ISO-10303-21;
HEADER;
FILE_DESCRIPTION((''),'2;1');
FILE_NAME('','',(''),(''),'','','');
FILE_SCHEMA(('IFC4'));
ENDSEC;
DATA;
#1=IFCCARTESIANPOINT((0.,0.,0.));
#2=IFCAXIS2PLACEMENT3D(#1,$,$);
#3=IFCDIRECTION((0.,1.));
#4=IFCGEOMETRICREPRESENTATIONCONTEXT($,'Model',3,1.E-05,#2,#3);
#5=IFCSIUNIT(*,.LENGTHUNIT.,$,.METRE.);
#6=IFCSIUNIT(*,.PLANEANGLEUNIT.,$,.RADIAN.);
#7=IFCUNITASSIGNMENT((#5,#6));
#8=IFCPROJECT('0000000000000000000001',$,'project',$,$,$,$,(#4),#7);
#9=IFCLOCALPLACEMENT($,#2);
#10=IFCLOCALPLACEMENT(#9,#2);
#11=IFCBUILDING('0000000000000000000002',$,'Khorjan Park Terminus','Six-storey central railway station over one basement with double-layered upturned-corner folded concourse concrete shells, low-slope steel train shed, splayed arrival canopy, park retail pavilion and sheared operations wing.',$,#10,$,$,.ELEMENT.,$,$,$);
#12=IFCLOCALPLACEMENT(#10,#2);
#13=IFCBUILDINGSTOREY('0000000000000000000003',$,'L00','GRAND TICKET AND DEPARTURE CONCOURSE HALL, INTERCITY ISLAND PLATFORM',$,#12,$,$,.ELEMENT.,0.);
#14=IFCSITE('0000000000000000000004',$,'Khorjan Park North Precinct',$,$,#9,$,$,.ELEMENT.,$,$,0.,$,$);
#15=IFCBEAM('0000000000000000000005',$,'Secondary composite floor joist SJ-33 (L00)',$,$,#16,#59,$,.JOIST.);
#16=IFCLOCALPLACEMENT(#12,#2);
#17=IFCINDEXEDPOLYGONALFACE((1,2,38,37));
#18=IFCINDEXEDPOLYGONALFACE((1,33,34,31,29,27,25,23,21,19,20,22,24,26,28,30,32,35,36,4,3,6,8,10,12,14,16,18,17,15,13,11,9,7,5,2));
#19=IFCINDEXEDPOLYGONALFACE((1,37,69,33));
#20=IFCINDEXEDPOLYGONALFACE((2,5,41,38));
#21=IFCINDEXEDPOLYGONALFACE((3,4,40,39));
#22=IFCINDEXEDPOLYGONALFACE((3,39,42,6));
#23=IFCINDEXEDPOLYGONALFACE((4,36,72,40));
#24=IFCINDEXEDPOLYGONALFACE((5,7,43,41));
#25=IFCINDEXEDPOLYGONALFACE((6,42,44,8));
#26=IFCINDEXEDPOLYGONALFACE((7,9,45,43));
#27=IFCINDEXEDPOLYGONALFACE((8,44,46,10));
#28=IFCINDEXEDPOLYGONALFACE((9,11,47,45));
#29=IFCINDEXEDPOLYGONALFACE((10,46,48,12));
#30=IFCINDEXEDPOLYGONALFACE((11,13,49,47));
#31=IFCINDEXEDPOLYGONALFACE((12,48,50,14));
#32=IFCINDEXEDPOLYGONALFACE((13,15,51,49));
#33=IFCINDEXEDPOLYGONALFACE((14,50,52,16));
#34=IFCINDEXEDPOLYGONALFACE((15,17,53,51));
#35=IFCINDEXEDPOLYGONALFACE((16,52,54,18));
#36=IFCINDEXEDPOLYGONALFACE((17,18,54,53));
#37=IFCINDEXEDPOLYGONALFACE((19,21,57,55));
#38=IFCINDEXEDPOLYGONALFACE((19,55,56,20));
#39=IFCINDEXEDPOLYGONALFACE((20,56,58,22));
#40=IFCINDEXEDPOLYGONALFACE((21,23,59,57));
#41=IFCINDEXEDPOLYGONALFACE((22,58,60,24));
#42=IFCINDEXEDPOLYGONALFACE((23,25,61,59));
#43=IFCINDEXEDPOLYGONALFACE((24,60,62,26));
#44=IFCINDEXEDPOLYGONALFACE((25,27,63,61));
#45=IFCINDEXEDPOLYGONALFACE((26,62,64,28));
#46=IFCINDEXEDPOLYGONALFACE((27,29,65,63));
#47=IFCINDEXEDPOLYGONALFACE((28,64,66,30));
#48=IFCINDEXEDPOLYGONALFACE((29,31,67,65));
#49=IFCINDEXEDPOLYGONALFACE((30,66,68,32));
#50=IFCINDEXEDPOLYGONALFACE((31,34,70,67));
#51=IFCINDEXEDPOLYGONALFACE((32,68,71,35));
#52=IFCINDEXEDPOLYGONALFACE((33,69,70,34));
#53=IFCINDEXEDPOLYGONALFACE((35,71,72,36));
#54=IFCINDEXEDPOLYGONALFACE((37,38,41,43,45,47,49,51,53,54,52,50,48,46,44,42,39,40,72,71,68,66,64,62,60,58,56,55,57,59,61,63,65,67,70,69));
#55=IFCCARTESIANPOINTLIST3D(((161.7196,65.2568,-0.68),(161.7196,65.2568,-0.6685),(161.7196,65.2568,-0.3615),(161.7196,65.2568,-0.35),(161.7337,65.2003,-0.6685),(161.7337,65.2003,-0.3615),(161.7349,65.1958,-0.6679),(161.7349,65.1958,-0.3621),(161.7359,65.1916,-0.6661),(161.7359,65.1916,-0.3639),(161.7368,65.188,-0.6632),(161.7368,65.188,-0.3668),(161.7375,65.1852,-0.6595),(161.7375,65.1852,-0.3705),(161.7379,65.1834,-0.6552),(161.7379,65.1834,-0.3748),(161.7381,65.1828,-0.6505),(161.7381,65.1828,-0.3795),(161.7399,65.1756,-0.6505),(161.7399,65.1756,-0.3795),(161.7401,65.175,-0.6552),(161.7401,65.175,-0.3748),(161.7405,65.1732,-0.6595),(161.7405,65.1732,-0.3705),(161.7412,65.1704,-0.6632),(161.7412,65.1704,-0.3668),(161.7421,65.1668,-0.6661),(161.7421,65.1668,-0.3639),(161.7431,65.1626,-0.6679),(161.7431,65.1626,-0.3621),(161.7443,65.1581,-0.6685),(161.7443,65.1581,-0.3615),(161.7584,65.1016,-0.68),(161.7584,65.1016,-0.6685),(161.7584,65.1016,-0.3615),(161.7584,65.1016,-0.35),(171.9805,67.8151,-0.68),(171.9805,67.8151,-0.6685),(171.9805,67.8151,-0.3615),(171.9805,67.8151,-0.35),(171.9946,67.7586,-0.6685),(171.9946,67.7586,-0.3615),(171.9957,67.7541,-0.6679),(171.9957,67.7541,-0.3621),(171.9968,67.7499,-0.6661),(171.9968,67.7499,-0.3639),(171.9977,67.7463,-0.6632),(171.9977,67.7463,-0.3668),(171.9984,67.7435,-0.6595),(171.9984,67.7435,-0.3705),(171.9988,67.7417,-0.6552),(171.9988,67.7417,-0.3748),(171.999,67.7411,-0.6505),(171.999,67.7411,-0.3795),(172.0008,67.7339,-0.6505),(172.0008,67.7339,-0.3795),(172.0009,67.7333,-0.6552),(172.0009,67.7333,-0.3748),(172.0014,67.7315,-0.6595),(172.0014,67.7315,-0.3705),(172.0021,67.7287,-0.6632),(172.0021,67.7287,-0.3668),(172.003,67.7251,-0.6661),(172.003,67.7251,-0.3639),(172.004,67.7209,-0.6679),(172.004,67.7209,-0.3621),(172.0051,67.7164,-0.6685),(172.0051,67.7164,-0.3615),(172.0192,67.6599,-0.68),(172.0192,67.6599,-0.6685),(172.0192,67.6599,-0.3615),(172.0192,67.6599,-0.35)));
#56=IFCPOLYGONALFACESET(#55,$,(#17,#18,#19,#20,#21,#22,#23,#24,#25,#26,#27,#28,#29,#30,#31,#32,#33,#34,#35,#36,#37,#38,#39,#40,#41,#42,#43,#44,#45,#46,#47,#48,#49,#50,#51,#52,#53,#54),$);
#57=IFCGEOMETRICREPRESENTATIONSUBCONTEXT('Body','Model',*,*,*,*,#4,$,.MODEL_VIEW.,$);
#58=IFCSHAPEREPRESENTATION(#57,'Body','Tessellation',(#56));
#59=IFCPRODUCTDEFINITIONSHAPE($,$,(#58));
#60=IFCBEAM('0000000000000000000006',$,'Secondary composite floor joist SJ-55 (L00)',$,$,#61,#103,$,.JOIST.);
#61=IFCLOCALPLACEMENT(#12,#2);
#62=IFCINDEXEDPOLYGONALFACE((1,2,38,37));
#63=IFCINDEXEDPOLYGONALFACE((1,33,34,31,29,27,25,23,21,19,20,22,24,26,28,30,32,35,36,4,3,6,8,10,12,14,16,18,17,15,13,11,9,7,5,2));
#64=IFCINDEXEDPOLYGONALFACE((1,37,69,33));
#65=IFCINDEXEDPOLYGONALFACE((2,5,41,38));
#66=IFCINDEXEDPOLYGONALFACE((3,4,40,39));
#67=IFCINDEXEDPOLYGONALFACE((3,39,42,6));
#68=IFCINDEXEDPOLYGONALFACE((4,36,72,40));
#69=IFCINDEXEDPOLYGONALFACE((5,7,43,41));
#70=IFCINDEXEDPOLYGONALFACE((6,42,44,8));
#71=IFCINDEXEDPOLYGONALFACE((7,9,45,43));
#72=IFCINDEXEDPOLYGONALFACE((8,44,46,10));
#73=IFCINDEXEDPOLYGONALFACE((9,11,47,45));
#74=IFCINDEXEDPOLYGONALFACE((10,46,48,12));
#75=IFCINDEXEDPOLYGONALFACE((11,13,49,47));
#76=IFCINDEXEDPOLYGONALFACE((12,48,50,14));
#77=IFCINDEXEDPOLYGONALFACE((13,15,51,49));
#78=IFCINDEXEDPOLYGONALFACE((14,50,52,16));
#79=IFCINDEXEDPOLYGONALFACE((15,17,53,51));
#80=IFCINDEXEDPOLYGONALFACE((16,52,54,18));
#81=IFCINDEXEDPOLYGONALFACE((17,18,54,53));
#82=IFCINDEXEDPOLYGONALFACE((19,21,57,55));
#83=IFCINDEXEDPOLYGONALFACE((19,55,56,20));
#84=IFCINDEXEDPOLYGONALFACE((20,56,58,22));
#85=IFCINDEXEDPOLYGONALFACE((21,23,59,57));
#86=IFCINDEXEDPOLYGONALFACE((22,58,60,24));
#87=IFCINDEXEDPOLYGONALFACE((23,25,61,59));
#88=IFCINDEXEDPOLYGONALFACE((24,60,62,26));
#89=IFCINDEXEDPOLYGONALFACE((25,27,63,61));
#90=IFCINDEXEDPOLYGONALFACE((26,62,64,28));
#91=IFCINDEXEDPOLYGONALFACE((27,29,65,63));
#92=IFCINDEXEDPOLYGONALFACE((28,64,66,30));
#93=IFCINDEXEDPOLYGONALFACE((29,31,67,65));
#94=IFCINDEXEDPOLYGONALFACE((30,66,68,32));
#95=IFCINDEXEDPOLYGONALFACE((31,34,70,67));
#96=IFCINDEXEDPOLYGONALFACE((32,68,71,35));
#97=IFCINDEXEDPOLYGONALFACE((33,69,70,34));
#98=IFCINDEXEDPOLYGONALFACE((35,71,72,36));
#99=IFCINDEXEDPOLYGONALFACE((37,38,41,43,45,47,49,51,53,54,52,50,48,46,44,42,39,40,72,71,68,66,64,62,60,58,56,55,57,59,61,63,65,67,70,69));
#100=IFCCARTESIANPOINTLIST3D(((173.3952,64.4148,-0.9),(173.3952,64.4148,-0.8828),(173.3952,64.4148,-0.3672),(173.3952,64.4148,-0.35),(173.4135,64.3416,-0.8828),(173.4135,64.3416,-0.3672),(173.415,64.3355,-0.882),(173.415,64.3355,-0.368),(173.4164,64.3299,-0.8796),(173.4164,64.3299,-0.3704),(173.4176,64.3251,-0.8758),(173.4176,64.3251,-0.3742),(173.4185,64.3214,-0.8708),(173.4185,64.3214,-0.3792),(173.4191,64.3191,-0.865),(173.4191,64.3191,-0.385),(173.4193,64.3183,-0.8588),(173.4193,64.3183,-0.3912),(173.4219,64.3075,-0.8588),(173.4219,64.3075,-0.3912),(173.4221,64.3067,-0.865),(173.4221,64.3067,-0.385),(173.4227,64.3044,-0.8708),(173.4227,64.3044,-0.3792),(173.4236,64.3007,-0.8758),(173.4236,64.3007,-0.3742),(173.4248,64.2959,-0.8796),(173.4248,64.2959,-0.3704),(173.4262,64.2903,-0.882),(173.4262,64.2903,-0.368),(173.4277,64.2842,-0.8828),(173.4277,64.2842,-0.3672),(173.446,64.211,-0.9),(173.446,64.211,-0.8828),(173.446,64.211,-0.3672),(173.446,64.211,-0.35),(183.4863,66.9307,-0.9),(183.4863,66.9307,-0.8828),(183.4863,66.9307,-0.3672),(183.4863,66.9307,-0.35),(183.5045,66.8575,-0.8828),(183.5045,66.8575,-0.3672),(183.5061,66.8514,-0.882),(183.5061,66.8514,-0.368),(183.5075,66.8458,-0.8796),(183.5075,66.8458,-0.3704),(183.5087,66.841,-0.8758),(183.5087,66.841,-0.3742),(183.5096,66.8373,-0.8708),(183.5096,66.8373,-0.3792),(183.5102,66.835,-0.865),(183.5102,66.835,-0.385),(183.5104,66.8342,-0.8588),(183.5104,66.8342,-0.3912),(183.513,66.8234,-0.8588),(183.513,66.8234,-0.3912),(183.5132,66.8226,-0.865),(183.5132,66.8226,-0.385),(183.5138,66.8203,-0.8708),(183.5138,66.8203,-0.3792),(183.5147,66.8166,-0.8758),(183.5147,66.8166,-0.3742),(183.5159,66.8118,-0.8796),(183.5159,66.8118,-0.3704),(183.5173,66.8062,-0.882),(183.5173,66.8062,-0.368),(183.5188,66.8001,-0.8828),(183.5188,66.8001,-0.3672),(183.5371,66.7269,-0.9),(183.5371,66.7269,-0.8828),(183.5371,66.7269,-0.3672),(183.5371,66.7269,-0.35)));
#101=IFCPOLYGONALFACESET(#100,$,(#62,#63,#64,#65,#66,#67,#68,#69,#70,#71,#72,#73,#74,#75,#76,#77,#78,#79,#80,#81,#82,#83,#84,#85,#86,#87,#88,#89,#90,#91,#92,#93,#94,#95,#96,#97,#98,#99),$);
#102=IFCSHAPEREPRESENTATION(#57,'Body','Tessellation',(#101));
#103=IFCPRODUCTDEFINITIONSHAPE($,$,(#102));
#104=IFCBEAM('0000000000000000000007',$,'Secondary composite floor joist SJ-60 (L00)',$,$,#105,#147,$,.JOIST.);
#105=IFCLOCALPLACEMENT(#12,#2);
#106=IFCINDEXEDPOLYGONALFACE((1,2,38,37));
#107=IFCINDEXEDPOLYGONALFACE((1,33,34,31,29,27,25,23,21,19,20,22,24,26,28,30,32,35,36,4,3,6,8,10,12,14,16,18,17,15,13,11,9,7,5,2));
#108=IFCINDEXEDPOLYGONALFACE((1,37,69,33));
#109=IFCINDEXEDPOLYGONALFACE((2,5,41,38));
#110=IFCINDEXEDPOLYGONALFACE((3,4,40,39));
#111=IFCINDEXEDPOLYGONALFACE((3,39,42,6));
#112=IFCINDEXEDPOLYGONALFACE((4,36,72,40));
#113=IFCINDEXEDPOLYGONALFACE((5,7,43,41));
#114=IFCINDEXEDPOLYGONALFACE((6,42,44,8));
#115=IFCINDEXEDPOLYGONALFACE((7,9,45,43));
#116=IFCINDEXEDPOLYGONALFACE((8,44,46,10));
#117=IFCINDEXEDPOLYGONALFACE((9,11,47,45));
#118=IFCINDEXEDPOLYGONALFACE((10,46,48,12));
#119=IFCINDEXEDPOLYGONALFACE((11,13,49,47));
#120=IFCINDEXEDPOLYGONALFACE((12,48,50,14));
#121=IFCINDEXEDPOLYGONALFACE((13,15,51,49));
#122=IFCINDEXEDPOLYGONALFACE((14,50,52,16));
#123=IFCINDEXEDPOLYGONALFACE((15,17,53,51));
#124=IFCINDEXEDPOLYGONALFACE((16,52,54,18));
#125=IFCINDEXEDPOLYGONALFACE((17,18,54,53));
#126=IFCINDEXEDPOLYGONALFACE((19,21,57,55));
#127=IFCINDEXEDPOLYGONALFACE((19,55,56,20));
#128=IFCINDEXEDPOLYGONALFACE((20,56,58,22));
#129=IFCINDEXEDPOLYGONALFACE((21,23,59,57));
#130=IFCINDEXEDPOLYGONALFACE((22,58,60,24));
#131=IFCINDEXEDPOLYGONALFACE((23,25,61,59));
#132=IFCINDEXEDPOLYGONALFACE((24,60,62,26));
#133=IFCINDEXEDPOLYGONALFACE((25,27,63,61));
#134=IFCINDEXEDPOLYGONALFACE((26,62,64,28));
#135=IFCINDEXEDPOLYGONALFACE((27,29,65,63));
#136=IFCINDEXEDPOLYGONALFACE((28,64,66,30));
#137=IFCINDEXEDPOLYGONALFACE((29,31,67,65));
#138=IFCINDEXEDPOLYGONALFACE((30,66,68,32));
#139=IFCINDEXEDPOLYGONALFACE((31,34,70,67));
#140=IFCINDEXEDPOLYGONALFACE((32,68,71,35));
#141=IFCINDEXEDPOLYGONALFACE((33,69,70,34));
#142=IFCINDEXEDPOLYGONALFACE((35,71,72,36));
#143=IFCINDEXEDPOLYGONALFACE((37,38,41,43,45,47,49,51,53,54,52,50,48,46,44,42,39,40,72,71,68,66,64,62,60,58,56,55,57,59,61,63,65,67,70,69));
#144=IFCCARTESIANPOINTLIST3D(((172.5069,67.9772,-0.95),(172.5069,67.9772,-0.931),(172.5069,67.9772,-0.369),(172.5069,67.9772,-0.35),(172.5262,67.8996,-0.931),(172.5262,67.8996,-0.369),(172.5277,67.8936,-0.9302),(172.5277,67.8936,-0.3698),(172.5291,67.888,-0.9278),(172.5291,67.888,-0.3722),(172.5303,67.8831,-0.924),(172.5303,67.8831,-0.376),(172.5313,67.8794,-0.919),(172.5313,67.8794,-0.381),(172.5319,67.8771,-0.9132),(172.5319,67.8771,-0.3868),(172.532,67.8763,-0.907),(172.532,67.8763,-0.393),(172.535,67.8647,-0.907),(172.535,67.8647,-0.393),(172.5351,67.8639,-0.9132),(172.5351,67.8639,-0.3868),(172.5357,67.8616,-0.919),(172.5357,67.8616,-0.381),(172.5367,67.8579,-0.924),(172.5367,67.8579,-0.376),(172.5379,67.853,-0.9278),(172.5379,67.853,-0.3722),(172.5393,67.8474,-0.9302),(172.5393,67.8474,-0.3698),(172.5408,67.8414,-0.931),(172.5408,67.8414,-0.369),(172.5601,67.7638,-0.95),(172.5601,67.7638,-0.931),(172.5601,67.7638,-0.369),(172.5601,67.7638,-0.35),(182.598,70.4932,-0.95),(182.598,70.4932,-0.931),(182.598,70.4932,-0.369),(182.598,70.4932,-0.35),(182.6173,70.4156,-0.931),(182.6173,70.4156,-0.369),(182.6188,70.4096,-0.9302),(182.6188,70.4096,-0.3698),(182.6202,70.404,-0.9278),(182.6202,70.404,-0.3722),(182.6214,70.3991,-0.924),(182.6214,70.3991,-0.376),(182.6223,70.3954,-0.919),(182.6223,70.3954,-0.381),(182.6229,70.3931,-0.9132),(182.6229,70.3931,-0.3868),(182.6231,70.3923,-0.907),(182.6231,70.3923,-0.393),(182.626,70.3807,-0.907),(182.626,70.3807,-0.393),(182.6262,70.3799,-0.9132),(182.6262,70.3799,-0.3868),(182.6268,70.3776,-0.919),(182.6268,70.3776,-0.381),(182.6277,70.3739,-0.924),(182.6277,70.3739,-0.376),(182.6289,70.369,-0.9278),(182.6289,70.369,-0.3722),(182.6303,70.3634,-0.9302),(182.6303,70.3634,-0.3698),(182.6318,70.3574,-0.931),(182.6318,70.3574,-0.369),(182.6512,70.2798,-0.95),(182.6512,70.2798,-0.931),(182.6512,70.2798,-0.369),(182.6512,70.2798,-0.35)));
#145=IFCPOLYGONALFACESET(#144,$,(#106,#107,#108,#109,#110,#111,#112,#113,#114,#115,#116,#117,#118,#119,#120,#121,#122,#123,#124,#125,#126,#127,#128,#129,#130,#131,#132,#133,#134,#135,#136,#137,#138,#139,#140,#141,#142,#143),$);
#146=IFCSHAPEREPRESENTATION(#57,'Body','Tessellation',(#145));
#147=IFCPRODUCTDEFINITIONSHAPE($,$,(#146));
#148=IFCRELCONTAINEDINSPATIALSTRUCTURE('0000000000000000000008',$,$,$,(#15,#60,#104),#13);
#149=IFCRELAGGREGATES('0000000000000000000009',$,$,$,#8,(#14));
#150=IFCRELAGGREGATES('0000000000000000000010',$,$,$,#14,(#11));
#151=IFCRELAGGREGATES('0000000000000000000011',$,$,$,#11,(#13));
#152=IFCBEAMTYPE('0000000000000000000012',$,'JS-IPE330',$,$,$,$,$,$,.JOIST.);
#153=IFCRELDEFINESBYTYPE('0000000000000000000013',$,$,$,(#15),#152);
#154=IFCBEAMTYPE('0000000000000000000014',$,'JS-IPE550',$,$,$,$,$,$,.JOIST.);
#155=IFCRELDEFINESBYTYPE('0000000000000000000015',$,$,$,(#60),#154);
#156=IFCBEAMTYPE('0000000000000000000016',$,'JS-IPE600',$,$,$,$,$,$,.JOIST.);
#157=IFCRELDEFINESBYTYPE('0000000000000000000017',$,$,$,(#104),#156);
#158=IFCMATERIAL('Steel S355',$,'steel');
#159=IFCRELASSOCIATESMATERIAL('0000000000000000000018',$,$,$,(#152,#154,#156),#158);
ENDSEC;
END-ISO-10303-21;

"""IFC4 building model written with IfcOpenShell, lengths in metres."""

from ifc_helpers import new_model, si_unit, direction, frame, origin, origin_2d, place, context, subcontext, project, spatial, i_section, extrude, material, material_profile, profile_set, type_object, element, save


model = new_model("IFC4")

# Units and contexts
model_context = context("Model", 3, precision=1e-05, world=origin(), true_north=direction((0.0, 1.0)))
body_context = subcontext(model_context, "Body", "Model", "MODEL_VIEW")
ifc_project = project(units=[si_unit("LENGTHUNIT", "METRE"), si_unit("PLANEANGLEUNIT", "RADIAN")], contexts=[model_context])

# Site, building, storey
site_placement = place(None, origin())
site = spatial("IfcSite", under=ifc_project, at=site_placement, Name="Khorjan Park North Precinct", CompositionType="ELEMENT", RefElevation=0.0)
building_placement = place(site_placement, origin())
building = spatial("IfcBuilding", under=site, at=building_placement, Name="Khorjan Park Terminus", Description="Six-storey central railway station over one basement with double-layered upturned-corner folded concourse concrete shells, low-slope steel train shed, splayed arrival canopy, park retail pavilion and sheared operations wing.", CompositionType="ELEMENT")
storey_placement = place(building_placement, origin())
storey = spatial("IfcBuildingStorey", under=building, at=storey_placement, Name="L00", Description="GRAND TICKET AND DEPARTURE CONCOURSE HALL, INTERCITY ISLAND PLATFORM", CompositionType="ELEMENT", Elevation=0.0)

# Beams
ifc_material_1 = material(Name="Steel S355", Category="steel")
ifc_material_profile_1 = material_profile(ifc_material_1, i_section(OverallWidth=0.16, OverallDepth=0.33, WebThickness=0.0075, FlangeThickness=0.0115, FilletRadius=0.018, at=origin_2d()), Name="IPE 330")
ifc_profile_set_1 = profile_set([ifc_material_profile_1], Name="Steel S355")
beam_type_1 = type_object("IfcBeamType", Name="JS-IPE330", PredefinedType="JOIST", material=ifc_profile_set_1)
beam_1_placement = place(storey_placement, frame((161.739, 65.1792, -0.515), z_axis=(0.970296, 0.241919, 0.0), x_axis=(-0.241919, 0.970296, 0.0)))
element("IfcBeam", 1, at=beam_1_placement, inside=storey, type_object=beam_type_1, Name="Secondary composite floor joist SJ-33 (L00)", PredefinedType="JOIST", context=body_context, shape_type="SweptSolid", body=[
    extrude(i_section(OverallWidth=0.16, OverallDepth=0.33, WebThickness=0.0075, FlangeThickness=0.0115, FilletRadius=0.018, at=origin_2d()), origin(), (0.0, 0.0, 1.0), 10.575),
])
ifc_material_profile_2 = material_profile(ifc_material_1, i_section(OverallWidth=0.21, OverallDepth=0.55, WebThickness=0.0111, FlangeThickness=0.0172, FilletRadius=0.024, at=origin_2d()), Name="IPE 550")
ifc_profile_set_2 = profile_set([ifc_material_profile_2], Name="Steel S355")
beam_type_2 = type_object("IfcBeamType", Name="JS-IPE550", PredefinedType="JOIST", material=ifc_profile_set_2)
beam_2_placement = place(storey_placement, frame((173.4206, 64.3129, -0.625), z_axis=(0.970298, 0.241913, 0.0), x_axis=(-0.241913, 0.970298, 0.0)))
element("IfcBeam", 2, at=beam_2_placement, inside=storey, type_object=beam_type_2, Name="Secondary composite floor joist SJ-55 (L00)", PredefinedType="JOIST", context=body_context, shape_type="SweptSolid", body=[
    extrude(i_section(OverallWidth=0.21, OverallDepth=0.55, WebThickness=0.0111, FlangeThickness=0.0172, FilletRadius=0.024, at=origin_2d()), origin(), (0.0, 0.0, 1.0), 10.4),
])
ifc_material_profile_3 = material_profile(ifc_material_1, i_section(OverallWidth=0.22, OverallDepth=0.6, WebThickness=0.012, FlangeThickness=0.019, FilletRadius=0.024, at=origin_2d()), Name="IPE 600")
ifc_profile_set_3 = profile_set([ifc_material_profile_3], Name="Steel S355")
beam_type_3 = type_object("IfcBeamType", Name="JS-IPE600", PredefinedType="JOIST", material=ifc_profile_set_3)
beam_3_placement = place(storey_placement, frame((172.5335, 67.8705, -0.65), z_axis=(0.970296, 0.241922, 0.0), x_axis=(-0.241922, 0.970296, 0.0)))
element("IfcBeam", 3, at=beam_3_placement, inside=storey, type_object=beam_type_3, Name="Secondary composite floor joist SJ-60 (L00)", PredefinedType="JOIST", context=body_context, shape_type="SweptSolid", body=[
    extrude(i_section(OverallWidth=0.22, OverallDepth=0.6, WebThickness=0.012, FlangeThickness=0.019, FilletRadius=0.024, at=origin_2d()), origin(), (0.0, 0.0, 1.0), 10.4),
])

save(model, "model.ifc")
